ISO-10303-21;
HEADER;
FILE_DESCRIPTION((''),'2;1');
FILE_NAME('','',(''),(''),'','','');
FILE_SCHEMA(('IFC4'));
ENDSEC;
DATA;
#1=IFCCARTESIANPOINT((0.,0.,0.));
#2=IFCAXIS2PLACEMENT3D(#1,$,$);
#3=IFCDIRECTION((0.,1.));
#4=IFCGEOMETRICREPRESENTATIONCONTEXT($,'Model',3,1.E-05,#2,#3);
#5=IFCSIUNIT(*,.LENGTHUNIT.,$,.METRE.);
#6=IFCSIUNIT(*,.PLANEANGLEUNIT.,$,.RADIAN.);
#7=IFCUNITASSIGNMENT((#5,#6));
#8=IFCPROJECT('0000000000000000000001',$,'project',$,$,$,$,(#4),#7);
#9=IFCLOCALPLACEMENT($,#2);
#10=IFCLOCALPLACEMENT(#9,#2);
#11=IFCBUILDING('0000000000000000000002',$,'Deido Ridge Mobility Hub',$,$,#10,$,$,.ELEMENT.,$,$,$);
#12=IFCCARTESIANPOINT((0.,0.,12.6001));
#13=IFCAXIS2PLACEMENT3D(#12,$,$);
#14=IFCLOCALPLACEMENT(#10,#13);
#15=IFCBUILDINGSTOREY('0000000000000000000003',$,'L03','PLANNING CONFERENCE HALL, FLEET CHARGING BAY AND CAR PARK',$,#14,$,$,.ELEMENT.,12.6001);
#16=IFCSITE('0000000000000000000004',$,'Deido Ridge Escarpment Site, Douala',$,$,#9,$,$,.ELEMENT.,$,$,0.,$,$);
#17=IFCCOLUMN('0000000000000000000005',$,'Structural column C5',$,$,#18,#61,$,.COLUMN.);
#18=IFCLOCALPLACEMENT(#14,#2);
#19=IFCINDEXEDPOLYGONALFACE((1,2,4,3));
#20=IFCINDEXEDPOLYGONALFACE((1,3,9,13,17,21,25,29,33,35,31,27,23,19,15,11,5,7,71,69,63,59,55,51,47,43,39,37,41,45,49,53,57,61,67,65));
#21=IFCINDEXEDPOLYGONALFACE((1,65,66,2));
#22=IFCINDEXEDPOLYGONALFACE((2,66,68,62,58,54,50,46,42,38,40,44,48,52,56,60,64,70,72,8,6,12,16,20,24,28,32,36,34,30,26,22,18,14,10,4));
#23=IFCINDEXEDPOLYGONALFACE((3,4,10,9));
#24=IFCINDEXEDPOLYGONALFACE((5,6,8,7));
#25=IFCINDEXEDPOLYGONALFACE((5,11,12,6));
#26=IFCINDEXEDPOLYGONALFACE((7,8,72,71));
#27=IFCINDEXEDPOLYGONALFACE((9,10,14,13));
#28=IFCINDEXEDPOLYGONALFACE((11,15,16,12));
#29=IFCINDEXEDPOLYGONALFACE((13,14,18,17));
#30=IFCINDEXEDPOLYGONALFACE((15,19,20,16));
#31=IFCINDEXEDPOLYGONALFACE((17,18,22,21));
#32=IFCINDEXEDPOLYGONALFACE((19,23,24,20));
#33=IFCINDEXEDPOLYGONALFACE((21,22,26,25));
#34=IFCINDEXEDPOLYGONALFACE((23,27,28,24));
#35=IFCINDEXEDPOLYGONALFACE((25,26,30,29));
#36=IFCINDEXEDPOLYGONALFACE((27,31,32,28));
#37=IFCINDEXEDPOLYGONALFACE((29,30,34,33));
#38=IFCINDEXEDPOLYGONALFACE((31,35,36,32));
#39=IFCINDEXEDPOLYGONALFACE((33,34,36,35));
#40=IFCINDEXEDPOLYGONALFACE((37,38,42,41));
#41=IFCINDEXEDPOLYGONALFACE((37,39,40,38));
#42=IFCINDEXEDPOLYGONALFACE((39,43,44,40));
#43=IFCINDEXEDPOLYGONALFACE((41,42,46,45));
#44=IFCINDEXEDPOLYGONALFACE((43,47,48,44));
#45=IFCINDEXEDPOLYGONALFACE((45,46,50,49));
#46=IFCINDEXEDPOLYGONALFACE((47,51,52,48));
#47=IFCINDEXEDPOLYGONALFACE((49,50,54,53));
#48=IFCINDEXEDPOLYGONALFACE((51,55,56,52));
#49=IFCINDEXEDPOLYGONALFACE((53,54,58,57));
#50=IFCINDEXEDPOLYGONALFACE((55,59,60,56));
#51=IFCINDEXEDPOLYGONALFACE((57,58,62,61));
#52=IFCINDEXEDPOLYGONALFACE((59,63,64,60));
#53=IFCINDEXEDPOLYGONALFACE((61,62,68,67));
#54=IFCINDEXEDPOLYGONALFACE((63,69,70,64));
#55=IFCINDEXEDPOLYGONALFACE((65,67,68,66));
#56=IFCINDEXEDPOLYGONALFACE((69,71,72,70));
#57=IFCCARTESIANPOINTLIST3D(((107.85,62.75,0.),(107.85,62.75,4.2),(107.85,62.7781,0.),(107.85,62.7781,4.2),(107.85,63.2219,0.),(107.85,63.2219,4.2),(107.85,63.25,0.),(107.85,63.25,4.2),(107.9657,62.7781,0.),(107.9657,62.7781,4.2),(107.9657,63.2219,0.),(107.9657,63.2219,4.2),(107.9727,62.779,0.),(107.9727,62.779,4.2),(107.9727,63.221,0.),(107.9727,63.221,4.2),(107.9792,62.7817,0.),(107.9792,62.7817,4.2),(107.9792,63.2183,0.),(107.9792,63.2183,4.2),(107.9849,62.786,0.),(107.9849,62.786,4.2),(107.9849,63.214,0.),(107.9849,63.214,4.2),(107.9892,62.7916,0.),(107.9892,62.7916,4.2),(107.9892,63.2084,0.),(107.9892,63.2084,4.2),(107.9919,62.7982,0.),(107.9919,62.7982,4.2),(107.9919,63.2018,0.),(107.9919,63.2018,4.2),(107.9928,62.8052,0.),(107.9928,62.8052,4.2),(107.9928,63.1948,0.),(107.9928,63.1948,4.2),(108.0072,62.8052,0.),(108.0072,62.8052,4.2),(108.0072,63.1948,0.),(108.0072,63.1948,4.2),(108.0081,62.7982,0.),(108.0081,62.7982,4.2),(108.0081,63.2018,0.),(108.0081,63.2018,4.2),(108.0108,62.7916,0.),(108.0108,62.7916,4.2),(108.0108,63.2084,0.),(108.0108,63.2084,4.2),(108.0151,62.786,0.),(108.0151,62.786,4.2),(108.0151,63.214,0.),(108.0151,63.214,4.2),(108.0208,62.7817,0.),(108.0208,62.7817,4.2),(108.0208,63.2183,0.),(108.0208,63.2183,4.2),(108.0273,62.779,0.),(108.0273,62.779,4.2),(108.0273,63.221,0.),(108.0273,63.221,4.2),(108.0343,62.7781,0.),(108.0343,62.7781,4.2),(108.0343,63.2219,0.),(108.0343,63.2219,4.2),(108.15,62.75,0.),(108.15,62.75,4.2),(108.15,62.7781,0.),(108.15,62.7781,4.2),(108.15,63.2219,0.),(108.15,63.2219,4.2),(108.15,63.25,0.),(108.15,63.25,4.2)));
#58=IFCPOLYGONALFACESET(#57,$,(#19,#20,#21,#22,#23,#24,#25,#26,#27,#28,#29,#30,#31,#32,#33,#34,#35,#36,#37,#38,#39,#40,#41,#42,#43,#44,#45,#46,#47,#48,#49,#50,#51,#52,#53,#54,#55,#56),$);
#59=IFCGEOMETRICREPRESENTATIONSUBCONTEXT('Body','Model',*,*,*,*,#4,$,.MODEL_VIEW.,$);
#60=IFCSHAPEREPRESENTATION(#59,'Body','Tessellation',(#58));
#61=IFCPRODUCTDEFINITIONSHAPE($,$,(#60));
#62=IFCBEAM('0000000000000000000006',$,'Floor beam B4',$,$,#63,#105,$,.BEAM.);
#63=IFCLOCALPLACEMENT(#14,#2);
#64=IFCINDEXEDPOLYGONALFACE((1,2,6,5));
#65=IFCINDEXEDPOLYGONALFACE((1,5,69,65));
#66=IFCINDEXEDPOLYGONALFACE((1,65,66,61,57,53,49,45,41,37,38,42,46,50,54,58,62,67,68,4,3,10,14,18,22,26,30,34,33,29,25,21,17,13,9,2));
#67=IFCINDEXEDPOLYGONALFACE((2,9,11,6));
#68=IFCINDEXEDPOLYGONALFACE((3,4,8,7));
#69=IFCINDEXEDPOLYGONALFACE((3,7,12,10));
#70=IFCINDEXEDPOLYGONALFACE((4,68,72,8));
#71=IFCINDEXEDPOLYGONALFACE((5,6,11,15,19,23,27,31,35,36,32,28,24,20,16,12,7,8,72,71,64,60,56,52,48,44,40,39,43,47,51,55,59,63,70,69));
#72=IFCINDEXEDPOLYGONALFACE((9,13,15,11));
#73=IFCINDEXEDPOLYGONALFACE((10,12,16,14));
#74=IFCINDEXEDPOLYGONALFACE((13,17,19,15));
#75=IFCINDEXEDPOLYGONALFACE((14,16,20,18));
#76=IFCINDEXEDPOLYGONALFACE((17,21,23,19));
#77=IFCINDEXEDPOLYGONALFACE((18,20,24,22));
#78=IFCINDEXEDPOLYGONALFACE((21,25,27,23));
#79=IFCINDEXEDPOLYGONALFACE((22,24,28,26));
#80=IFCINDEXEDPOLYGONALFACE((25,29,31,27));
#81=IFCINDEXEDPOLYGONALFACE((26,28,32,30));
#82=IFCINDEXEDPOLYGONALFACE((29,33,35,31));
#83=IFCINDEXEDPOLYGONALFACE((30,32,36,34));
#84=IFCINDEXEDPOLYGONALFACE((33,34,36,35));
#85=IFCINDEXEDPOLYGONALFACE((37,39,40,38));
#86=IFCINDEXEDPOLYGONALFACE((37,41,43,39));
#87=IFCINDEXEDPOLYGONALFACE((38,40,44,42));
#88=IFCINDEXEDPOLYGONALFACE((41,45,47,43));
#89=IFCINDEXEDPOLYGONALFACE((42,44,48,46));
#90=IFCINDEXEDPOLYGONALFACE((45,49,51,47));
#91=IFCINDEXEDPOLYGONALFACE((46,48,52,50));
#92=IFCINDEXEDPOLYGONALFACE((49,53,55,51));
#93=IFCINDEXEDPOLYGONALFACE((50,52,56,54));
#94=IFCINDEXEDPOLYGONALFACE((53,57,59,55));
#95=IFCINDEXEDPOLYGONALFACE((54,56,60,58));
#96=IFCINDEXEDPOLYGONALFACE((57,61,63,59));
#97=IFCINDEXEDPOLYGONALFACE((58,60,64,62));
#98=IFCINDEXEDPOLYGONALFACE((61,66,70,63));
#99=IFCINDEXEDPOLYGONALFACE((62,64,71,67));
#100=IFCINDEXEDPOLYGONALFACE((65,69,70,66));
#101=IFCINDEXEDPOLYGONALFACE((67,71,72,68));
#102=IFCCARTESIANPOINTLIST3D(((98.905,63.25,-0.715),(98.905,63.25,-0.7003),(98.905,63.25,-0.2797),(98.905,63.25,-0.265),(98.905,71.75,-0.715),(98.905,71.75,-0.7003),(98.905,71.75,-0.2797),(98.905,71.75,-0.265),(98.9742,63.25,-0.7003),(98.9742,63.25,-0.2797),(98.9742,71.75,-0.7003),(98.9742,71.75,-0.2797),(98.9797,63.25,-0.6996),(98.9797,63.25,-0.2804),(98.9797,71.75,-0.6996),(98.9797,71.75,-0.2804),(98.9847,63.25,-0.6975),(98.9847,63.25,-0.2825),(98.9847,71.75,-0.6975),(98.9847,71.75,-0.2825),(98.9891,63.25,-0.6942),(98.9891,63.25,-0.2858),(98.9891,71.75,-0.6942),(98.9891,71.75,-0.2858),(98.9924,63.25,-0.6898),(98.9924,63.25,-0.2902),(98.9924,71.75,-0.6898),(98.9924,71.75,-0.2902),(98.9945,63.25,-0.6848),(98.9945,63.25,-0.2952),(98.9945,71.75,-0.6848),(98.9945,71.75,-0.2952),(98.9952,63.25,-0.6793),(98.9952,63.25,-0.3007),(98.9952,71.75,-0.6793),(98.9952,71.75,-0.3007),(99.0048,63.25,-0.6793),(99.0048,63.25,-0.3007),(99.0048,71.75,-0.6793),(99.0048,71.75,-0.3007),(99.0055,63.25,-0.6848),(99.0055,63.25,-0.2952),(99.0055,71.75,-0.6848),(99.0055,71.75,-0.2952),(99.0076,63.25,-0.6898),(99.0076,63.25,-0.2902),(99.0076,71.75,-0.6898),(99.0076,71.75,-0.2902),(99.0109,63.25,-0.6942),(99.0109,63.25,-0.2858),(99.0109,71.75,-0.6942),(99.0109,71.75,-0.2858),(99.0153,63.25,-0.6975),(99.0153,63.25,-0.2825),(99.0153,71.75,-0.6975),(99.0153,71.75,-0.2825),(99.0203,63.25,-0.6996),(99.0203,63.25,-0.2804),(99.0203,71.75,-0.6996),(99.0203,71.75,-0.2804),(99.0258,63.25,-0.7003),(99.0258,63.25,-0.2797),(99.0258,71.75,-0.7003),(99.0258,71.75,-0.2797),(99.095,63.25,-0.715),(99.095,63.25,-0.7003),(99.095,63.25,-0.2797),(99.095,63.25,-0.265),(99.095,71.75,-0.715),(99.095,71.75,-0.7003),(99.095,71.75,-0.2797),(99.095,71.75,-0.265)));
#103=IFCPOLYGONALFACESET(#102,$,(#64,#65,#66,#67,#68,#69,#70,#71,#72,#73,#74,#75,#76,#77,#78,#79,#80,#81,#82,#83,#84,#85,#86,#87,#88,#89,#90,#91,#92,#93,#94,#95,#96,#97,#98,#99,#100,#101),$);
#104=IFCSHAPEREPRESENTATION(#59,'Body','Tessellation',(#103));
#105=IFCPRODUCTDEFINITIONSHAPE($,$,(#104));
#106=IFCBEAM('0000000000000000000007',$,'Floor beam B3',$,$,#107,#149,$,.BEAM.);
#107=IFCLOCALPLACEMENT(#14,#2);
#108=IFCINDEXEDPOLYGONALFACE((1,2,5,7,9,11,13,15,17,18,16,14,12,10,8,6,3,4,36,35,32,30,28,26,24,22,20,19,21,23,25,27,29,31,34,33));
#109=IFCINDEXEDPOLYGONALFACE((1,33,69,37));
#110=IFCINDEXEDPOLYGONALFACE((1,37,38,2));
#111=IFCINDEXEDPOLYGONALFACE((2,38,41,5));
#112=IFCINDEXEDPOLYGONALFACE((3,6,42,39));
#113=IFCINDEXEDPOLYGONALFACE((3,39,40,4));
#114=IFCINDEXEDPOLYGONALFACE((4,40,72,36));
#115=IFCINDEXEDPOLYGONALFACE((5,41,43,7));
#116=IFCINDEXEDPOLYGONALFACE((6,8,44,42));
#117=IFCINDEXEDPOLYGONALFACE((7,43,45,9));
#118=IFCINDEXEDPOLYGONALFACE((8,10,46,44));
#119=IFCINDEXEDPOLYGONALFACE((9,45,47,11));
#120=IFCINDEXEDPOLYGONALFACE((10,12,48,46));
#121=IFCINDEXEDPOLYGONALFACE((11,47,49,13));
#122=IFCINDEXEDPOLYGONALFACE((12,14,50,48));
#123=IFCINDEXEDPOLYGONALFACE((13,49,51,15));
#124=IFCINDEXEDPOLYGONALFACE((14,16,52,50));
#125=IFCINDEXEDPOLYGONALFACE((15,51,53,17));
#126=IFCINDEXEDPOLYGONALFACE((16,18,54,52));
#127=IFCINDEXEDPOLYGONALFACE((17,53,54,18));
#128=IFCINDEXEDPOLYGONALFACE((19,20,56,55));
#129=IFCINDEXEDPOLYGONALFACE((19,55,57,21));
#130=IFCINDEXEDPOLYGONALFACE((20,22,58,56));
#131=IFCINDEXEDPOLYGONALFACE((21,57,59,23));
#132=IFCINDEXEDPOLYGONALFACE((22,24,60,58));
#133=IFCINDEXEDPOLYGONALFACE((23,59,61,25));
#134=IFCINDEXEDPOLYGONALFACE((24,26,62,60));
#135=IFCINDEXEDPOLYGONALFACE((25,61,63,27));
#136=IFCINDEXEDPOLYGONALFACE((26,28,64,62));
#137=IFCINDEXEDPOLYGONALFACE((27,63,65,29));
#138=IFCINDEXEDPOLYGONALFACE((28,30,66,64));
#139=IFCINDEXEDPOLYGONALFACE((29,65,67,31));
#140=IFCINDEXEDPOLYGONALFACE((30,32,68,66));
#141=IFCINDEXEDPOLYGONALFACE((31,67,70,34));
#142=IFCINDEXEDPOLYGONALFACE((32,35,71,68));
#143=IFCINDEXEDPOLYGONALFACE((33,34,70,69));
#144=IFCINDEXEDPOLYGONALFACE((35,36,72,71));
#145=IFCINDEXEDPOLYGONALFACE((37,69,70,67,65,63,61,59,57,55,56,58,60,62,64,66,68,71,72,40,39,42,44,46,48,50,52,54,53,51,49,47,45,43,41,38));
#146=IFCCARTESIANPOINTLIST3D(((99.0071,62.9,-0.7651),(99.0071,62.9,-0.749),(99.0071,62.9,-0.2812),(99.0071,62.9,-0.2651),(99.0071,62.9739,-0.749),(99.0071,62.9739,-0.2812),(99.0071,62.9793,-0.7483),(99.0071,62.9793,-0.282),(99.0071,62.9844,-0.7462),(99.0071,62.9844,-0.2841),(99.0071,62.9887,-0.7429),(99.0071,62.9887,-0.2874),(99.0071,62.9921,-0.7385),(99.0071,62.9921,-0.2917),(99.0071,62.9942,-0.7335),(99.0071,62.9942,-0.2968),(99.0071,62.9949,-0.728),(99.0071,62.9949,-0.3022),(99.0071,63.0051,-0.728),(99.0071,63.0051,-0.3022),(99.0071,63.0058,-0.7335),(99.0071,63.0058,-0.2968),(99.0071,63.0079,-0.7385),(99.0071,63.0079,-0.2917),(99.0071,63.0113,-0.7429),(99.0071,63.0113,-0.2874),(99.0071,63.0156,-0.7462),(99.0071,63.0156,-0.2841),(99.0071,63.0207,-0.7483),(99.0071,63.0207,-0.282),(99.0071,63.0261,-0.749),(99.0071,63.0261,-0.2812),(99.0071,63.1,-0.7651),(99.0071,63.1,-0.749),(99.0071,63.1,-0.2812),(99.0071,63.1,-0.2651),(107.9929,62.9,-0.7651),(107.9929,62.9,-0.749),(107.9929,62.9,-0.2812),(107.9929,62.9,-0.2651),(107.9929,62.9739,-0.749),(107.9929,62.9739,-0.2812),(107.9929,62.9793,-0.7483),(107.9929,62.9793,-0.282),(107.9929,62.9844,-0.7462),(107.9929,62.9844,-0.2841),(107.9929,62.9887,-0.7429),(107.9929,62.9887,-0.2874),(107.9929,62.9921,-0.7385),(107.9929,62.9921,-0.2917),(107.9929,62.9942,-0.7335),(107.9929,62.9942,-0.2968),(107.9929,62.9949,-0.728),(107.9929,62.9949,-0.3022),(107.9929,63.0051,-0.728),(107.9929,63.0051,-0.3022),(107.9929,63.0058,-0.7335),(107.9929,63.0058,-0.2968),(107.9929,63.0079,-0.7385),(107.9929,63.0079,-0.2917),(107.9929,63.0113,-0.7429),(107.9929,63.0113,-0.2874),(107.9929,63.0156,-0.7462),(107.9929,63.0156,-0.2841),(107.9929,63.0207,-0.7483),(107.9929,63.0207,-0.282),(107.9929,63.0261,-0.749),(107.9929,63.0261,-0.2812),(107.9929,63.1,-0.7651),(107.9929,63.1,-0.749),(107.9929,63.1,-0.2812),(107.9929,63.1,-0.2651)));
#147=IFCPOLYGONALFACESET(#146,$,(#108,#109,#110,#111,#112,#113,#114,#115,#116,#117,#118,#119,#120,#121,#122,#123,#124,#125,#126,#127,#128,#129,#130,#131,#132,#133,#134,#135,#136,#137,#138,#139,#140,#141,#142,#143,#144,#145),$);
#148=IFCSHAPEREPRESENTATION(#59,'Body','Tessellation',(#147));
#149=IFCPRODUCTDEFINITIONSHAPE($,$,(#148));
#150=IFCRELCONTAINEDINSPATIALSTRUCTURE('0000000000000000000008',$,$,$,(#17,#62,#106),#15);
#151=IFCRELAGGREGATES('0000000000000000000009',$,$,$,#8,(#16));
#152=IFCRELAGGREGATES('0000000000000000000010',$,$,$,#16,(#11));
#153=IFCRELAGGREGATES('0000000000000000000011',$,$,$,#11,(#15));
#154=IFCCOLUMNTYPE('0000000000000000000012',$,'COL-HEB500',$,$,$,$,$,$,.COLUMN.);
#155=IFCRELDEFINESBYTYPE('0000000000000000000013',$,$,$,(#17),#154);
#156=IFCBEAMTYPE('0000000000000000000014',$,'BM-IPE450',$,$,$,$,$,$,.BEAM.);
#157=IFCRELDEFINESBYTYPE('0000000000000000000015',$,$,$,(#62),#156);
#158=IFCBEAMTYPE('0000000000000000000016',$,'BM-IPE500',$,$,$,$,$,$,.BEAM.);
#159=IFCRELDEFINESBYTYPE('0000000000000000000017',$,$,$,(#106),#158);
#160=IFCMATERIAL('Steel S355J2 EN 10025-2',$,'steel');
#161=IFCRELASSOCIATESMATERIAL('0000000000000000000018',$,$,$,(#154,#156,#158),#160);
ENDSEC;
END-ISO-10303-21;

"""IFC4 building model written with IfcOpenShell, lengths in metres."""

from ifc_helpers import new_model, si_unit, direction, frame, origin, origin_2d, place, context, subcontext, project, spatial, i_section, extrude, material, material_profile, profile_set, type_object, element, save


model = new_model("IFC4")

# Units and contexts
model_context = context("Model", 3, precision=1e-05, world=origin(), true_north=direction((0.0, 1.0)))
body_context = subcontext(model_context, "Body", "Model", "MODEL_VIEW")
ifc_project = project(units=[si_unit("LENGTHUNIT", "METRE"), si_unit("PLANEANGLEUNIT", "RADIAN")], contexts=[model_context])

# Site, building, storey
site_placement = place(None, origin())
site = spatial("IfcSite", under=ifc_project, at=site_placement, Name="Deido Ridge Escarpment Site, Douala", CompositionType="ELEMENT", RefElevation=0.0)
building_placement = place(site_placement, origin())
building = spatial("IfcBuilding", under=site, at=building_placement, Name="Deido Ridge Mobility Hub", CompositionType="ELEMENT")
storey_placement = place(building_placement, frame((0.0, 0.0, 12.6001)))
storey = spatial("IfcBuildingStorey", under=building, at=storey_placement, Name="L03", Description="PLANNING CONFERENCE HALL, FLEET CHARGING BAY AND CAR PARK", CompositionType="ELEMENT", Elevation=12.6001)

# Column
ifc_material_1 = material(Name="Steel S355J2 EN 10025-2", Category="steel")
ifc_material_profile_1 = material_profile(ifc_material_1, i_section(OverallWidth=0.3, OverallDepth=0.5, WebThickness=0.0144, FlangeThickness=0.0281, FilletRadius=0.0271, at=origin_2d()), Name="HEB 500")
ifc_profile_set_1 = profile_set([ifc_material_profile_1], Name="Steel S355J2 EN 10025-2")
column_type = type_object("IfcColumnType", Name="COL-HEB500", PredefinedType="COLUMN", material=ifc_profile_set_1)
column_placement = place(storey_placement, frame((108.0, 63.0, 0.0), z_axis=(0.0, 0.0, 1.0), x_axis=(1.0, 0.0, 0.0)))
element("IfcColumn", 1, at=column_placement, inside=storey, type_object=column_type, Name="Structural column C5", PredefinedType="COLUMN", context=body_context, shape_type="SweptSolid", body=[
    extrude(i_section(OverallWidth=0.3, OverallDepth=0.5, WebThickness=0.0144, FlangeThickness=0.0281, FilletRadius=0.0271, at=origin_2d()), origin(), (0.0, 0.0, 1.0), 4.2),
])

# Beams
ifc_material_profile_2 = material_profile(ifc_material_1, i_section(OverallWidth=0.1899, OverallDepth=0.45, WebThickness=0.0095, FlangeThickness=0.0146, FilletRadius=0.021, at=origin_2d()), Name="IPE 450")
ifc_profile_set_2 = profile_set([ifc_material_profile_2], Name="Steel S355J2 EN 10025-2")
beam_type_1 = type_object("IfcBeamType", Name="BM-IPE450", PredefinedType="BEAM", material=ifc_profile_set_2)
beam_1_placement = place(storey_placement, frame((99.0, 63.25, -0.49), z_axis=(0.0, 1.0, 0.0), x_axis=(-1.0, 0.0, 0.0)))
element("IfcBeam", 2, at=beam_1_placement, inside=storey, type_object=beam_type_1, Name="Floor beam B4", PredefinedType="BEAM", context=body_context, shape_type="SweptSolid", body=[
    extrude(i_section(OverallWidth=0.1899, OverallDepth=0.45, WebThickness=0.0095, FlangeThickness=0.0146, FilletRadius=0.021, at=origin_2d()), origin(), (0.0, 0.0, 1.0), 8.5),
])
ifc_material_profile_3 = material_profile(ifc_material_1, i_section(OverallWidth=0.2, OverallDepth=0.5, WebThickness=0.0103, FlangeThickness=0.0161, FilletRadius=0.021, at=origin_2d()), Name="IPE 500")
ifc_profile_set_3 = profile_set([ifc_material_profile_3], Name="Steel S355J2 EN 10025-2")
beam_type_2 = type_object("IfcBeamType", Name="BM-IPE500", PredefinedType="BEAM", material=ifc_profile_set_3)
beam_2_placement = place(storey_placement, frame((99.0071, 63.0, -0.5151), z_axis=(1.0, 0.0, 0.0), x_axis=(0.0, 1.0, 0.0)))
element("IfcBeam", 3, at=beam_2_placement, inside=storey, type_object=beam_type_2, Name="Floor beam B3", PredefinedType="BEAM", context=body_context, shape_type="SweptSolid", body=[
    extrude(i_section(OverallWidth=0.2, OverallDepth=0.5, WebThickness=0.0103, FlangeThickness=0.0161, FilletRadius=0.021, at=origin_2d()), origin(), (0.0, 0.0, 1.0), 8.9858),
])

save(model, "model.ifc")
